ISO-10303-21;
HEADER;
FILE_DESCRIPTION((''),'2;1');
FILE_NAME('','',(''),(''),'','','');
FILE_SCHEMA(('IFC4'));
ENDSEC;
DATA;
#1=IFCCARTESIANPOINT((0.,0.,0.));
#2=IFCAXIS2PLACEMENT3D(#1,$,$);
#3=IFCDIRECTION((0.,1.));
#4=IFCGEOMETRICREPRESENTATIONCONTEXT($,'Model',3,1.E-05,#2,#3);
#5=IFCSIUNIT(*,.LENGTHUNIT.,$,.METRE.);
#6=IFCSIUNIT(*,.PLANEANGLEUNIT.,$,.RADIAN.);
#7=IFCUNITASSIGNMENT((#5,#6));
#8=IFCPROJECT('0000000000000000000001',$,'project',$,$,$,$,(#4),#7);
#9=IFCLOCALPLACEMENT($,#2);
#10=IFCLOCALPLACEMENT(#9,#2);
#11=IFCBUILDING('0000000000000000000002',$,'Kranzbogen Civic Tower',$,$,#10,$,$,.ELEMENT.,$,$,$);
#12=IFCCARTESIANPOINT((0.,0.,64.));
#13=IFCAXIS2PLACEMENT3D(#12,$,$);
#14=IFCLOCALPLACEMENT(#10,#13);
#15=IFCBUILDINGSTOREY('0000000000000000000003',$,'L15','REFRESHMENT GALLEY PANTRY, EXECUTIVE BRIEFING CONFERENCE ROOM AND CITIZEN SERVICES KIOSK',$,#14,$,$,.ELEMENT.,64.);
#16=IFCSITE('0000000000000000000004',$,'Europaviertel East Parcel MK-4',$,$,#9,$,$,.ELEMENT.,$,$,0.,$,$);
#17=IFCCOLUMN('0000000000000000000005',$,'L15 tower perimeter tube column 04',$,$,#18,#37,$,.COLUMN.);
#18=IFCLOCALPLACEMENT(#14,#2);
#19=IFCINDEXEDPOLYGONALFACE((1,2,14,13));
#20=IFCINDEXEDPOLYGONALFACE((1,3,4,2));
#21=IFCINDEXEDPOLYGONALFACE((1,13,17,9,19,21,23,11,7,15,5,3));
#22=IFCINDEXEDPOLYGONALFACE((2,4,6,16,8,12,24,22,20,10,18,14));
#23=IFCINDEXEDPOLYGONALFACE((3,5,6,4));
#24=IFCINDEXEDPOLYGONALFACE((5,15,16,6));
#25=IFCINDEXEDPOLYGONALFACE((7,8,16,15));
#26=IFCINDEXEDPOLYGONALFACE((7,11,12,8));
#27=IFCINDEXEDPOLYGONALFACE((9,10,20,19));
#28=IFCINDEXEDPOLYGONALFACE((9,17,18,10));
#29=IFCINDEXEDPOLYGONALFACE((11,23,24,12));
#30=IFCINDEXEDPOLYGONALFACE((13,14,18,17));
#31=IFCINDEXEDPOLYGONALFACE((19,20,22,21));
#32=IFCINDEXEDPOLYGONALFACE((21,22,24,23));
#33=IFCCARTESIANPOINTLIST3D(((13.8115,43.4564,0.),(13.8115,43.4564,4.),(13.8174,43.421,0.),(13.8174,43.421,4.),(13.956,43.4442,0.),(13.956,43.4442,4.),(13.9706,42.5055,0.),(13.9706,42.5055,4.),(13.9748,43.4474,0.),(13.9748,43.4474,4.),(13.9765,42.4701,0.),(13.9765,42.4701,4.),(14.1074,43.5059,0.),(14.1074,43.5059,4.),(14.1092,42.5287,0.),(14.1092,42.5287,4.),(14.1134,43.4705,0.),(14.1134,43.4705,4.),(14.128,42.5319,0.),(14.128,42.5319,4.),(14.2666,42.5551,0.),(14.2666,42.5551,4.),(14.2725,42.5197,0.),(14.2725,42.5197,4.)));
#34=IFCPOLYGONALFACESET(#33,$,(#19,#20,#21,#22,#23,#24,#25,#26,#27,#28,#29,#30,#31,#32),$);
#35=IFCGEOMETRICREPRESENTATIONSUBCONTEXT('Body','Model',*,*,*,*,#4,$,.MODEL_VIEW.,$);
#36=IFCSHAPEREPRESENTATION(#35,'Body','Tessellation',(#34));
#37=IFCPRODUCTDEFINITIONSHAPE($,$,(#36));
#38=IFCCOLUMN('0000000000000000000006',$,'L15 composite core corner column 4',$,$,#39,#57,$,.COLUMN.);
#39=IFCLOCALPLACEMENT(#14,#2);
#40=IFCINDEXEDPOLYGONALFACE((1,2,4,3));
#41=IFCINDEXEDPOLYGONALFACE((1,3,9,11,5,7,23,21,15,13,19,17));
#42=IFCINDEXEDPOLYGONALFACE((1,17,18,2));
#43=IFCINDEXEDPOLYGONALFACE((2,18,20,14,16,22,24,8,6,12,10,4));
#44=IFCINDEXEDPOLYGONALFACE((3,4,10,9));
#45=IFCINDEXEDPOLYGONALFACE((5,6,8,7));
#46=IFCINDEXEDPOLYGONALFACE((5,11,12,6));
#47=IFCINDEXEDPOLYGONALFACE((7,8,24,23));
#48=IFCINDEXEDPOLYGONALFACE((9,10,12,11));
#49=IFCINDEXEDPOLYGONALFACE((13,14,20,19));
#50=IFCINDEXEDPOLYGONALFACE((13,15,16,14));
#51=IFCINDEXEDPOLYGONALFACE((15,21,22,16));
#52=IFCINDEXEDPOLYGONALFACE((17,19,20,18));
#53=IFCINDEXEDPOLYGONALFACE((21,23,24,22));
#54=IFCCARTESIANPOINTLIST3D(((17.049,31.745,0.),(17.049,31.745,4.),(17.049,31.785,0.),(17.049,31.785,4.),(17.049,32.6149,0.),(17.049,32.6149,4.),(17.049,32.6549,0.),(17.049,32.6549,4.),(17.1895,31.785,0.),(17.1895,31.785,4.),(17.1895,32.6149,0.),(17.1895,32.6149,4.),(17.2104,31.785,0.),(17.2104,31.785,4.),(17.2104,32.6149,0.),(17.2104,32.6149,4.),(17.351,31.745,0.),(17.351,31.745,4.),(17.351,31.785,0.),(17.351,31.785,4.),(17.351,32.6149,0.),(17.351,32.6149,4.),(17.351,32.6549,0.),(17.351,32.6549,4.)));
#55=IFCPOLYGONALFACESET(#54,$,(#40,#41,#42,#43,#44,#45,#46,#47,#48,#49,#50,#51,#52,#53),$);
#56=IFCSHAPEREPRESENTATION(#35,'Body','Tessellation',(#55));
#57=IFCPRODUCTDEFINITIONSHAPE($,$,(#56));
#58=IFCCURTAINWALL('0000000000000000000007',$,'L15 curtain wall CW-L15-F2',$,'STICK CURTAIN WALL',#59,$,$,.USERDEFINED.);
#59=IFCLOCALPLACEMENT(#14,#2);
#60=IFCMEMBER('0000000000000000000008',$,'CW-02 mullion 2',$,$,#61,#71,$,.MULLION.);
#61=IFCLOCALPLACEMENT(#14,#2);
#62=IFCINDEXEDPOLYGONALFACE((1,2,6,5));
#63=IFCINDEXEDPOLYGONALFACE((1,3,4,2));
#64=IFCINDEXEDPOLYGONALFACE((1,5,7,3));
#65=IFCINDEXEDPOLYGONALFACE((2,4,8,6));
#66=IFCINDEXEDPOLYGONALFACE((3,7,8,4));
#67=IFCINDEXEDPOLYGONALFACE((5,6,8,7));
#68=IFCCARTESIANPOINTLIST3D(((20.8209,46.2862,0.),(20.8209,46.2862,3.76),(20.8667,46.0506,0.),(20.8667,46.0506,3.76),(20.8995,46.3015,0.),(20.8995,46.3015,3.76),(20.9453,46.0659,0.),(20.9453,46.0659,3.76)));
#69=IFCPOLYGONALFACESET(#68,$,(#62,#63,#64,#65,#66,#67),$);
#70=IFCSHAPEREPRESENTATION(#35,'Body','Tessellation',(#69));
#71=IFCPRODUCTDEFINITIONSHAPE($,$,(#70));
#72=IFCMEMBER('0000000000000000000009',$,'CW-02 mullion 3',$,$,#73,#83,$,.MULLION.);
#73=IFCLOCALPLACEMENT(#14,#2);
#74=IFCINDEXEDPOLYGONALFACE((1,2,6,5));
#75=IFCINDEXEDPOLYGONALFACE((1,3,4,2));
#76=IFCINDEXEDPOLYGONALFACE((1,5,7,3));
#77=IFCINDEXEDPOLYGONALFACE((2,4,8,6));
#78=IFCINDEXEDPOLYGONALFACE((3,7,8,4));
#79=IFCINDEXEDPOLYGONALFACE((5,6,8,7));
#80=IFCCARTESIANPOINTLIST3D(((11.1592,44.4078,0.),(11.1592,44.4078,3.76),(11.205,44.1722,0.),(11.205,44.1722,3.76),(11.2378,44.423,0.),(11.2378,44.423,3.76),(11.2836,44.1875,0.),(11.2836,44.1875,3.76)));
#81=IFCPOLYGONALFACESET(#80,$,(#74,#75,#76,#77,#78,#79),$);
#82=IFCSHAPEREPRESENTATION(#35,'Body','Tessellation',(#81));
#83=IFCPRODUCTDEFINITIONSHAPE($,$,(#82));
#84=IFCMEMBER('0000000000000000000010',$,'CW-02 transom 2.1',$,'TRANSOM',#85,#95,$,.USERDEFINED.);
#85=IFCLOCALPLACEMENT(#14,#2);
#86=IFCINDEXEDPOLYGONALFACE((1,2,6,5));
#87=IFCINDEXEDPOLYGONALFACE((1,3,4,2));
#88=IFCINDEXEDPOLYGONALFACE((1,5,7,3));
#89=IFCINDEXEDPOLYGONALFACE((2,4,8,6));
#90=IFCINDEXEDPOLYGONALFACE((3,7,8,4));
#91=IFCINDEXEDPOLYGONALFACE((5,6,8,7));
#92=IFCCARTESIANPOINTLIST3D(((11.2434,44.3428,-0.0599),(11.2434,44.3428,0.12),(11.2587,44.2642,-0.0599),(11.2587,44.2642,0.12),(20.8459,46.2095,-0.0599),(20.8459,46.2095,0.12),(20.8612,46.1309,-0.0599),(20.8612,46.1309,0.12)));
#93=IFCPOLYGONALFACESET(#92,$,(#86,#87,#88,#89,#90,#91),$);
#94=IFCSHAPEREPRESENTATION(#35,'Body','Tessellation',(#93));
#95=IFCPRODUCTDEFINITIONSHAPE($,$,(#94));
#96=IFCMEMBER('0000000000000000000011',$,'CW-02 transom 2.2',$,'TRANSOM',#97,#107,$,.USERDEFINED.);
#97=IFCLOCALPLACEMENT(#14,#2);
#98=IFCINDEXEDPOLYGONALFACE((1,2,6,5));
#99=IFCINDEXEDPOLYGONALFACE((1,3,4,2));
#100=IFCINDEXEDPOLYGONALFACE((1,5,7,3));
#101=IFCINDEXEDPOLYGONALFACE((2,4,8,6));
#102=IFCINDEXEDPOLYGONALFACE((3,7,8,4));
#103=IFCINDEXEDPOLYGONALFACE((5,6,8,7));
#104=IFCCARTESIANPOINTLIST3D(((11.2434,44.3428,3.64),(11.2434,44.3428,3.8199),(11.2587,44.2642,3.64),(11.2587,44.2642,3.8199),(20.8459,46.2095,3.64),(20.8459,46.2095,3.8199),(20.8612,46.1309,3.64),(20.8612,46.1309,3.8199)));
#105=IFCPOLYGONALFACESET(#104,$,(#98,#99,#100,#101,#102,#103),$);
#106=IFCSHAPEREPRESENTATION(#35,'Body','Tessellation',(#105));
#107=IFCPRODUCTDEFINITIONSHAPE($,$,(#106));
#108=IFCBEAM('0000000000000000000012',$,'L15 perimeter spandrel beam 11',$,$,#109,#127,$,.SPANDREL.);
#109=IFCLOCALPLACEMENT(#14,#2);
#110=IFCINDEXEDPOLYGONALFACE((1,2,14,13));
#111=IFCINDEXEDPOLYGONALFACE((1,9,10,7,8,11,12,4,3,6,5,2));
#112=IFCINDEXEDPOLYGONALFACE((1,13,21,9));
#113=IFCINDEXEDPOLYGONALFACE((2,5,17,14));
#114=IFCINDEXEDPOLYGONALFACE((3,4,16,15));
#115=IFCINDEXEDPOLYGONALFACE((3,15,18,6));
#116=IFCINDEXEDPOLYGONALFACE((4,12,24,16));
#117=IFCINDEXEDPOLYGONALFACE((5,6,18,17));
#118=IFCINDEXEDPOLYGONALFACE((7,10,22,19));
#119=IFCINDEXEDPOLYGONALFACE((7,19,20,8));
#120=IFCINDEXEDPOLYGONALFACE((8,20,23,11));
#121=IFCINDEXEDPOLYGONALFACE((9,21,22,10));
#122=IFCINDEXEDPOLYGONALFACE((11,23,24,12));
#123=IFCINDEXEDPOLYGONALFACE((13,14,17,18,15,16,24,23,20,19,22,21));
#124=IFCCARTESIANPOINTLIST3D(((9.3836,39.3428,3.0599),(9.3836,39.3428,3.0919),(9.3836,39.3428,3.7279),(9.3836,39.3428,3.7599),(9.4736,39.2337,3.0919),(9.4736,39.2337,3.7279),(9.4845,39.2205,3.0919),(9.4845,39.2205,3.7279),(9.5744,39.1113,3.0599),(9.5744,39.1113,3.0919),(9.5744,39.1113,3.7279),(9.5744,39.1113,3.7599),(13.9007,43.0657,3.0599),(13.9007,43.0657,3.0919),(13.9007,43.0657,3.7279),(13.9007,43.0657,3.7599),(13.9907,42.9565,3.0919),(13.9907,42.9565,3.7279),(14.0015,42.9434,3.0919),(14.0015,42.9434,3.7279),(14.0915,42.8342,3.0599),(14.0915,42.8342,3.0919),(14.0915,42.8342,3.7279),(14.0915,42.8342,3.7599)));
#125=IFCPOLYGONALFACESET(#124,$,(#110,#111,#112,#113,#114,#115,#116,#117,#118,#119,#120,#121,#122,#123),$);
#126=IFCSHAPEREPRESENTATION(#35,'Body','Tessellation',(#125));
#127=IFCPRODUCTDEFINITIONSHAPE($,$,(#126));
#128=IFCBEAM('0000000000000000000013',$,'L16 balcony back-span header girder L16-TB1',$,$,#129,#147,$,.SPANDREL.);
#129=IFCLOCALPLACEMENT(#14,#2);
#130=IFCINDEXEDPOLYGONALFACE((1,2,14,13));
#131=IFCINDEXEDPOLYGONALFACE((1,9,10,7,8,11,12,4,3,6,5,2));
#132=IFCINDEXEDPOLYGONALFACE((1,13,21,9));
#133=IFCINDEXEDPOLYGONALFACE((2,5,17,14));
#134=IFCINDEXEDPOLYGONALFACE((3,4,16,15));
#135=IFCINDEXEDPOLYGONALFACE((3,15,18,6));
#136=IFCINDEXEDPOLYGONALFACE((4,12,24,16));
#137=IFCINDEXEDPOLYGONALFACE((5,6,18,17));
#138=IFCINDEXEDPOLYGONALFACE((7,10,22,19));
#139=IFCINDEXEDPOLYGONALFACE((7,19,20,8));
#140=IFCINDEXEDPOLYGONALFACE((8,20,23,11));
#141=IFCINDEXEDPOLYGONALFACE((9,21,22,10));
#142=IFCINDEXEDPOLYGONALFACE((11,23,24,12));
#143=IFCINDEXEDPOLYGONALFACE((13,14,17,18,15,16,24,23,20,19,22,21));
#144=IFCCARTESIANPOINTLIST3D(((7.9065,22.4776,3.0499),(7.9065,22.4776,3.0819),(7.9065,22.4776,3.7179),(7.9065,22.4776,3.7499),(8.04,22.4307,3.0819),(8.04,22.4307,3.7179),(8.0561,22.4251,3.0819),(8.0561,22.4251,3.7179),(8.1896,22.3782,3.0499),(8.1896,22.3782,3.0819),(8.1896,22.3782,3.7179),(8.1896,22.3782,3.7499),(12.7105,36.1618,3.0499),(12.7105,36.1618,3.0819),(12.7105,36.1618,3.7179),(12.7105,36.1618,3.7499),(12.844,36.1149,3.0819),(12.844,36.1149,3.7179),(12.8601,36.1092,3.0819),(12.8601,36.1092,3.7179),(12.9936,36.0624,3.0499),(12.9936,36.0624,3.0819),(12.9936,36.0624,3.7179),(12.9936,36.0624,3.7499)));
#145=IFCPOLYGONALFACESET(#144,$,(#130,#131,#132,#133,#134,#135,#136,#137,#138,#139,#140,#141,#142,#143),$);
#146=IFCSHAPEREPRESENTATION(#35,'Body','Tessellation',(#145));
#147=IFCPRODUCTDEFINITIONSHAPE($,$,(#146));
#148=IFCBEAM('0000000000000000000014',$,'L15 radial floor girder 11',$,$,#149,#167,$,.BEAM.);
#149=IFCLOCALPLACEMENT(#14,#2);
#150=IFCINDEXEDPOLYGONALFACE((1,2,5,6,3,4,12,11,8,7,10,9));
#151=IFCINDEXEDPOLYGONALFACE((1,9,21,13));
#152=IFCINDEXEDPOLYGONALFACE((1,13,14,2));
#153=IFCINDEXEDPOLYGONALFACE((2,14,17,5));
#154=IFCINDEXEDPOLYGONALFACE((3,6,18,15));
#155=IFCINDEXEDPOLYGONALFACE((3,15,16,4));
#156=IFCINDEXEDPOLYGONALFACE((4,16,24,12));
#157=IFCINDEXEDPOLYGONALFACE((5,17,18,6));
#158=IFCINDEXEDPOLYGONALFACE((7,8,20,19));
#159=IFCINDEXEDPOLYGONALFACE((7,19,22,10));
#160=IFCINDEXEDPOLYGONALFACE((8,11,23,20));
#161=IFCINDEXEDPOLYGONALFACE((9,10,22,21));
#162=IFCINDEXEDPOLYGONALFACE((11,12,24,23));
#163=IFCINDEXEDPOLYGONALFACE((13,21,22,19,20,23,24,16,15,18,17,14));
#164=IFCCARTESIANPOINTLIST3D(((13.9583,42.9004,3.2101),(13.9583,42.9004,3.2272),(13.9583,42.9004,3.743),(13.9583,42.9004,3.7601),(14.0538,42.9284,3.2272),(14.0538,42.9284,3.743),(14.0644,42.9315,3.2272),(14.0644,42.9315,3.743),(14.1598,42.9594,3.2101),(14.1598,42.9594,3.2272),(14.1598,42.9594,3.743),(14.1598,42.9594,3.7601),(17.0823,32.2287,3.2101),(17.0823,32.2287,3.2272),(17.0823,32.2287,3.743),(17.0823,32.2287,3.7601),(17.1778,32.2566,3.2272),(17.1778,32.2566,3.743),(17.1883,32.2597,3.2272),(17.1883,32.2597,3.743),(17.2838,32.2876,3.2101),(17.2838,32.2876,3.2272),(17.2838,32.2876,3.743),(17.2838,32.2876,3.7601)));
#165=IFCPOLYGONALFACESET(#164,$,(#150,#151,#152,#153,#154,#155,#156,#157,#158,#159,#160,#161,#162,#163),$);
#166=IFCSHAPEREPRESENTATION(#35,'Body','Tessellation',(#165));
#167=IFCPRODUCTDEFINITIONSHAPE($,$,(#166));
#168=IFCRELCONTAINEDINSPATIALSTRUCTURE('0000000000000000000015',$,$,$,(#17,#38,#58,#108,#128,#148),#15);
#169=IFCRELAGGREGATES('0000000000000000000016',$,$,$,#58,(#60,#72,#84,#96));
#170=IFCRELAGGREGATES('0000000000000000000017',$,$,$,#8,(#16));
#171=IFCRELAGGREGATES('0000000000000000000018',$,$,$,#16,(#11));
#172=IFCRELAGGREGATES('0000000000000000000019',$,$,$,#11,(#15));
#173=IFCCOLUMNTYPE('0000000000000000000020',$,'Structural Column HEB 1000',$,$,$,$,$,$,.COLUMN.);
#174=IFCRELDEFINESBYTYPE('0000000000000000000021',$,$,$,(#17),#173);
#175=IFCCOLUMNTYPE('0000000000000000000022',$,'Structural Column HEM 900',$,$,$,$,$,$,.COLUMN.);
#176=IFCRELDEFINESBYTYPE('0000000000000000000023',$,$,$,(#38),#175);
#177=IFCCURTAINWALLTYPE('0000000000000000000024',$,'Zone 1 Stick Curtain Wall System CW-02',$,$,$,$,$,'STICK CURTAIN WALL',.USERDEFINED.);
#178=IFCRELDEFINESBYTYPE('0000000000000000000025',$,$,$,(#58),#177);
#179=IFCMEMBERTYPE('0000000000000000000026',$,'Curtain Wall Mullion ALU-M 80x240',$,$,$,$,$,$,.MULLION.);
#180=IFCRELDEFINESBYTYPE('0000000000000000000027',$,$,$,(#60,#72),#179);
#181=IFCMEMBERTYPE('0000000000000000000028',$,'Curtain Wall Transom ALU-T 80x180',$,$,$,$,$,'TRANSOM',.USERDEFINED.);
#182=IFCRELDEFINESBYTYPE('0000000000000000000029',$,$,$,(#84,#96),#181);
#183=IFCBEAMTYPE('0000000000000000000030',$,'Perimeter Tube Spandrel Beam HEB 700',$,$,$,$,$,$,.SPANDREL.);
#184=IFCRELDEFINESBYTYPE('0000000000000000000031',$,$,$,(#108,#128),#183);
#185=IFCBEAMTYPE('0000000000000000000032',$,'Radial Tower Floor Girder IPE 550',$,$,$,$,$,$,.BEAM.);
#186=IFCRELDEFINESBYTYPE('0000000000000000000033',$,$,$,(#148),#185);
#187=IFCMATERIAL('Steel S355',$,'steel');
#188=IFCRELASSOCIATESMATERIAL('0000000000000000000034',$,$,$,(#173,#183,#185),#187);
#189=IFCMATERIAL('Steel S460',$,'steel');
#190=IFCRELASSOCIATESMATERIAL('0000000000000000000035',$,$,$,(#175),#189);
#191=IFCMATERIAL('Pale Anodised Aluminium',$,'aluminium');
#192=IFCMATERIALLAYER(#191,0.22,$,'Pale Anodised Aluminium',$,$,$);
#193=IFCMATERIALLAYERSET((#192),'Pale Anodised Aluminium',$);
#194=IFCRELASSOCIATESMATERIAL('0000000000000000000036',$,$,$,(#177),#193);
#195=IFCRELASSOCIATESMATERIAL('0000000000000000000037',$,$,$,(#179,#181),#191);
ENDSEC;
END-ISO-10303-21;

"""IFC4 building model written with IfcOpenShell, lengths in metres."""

from ifc_helpers import new_model, si_unit, direction, frame, origin, origin_2d, place, context, subcontext, project, spatial, rectangle, i_section, extrude, material, layer, layer_set, material_profile, profile_set, type_object, element, aggregate, save


model = new_model("IFC4")

# Units and contexts
model_context = context("Model", 3, precision=1e-05, world=origin(), true_north=direction((0.0, 1.0)))
body_context = subcontext(model_context, "Body", "Model", "MODEL_VIEW")
ifc_project = project(units=[si_unit("LENGTHUNIT", "METRE"), si_unit("PLANEANGLEUNIT", "RADIAN")], contexts=[model_context])

# Site, building, storey
site_placement = place(None, origin())
site = spatial("IfcSite", under=ifc_project, at=site_placement, Name="Europaviertel East Parcel MK-4", CompositionType="ELEMENT", RefElevation=0.0)
building_placement = place(site_placement, origin())
building = spatial("IfcBuilding", under=site, at=building_placement, Name="Kranzbogen Civic Tower", CompositionType="ELEMENT")
storey_placement = place(building_placement, frame((0.0, 0.0, 64.0)))
storey = spatial("IfcBuildingStorey", under=building, at=storey_placement, Name="L15", Description="REFRESHMENT GALLEY PANTRY, EXECUTIVE BRIEFING CONFERENCE ROOM AND CITIZEN SERVICES KIOSK", CompositionType="ELEMENT", Elevation=64.0)

# Columns
ifc_material_1 = material(Name="Steel S355", Category="steel")
ifc_material_profile_1 = material_profile(ifc_material_1, i_section(OverallWidth=0.3, OverallDepth=1.0, WebThickness=0.019, FlangeThickness=0.0359, at=origin_2d()), Name="HEB 1000")
ifc_profile_set_1 = profile_set([ifc_material_profile_1], Name="Steel S355")
column_type_1 = type_object("IfcColumnType", Name="Structural Column HEB 1000", PredefinedType="COLUMN", material=ifc_profile_set_1)
column_1_placement = place(storey_placement, frame((14.042, 42.988, 0.0), z_axis=(0.0, 0.0, 1.0), x_axis=(0.986286, 0.165048, 0.0)))
element("IfcColumn", 1, at=column_1_placement, inside=storey, type_object=column_type_1, Name="L15 tower perimeter tube column 04", PredefinedType="COLUMN", context=body_context, shape_type="SweptSolid", body=[
    extrude(i_section(OverallWidth=0.3, OverallDepth=1.0, WebThickness=0.019, FlangeThickness=0.0359, at=origin_2d()), origin(), (0.0, 0.0, 1.0), 4.0),
])
ifc_material_2 = material(Name="Steel S460", Category="steel")
ifc_material_profile_2 = material_profile(ifc_material_2, i_section(OverallWidth=0.302, OverallDepth=0.9099, WebThickness=0.021, FlangeThickness=0.04, at=origin_2d()), Name="HEM 900")
ifc_profile_set_2 = profile_set([ifc_material_profile_2], Name="Steel S460")
column_type_2 = type_object("IfcColumnType", Name="Structural Column HEM 900", PredefinedType="COLUMN", material=ifc_profile_set_2)
column_2_placement = place(storey_placement, frame((17.2, 32.2, 0.0), z_axis=(0.0, 0.0, 1.0), x_axis=(1.0, 0.0, 0.0)))
element("IfcColumn", 2, at=column_2_placement, inside=storey, type_object=column_type_2, Name="L15 composite core corner column 4", PredefinedType="COLUMN", context=body_context, shape_type="SweptSolid", body=[
    extrude(i_section(OverallWidth=0.302, OverallDepth=0.9099, WebThickness=0.021, FlangeThickness=0.04, at=origin_2d()), origin(), (0.0, 0.0, 1.0), 4.0),
])

# Curtain wall, members
ifc_material_3 = material(Name="Pale Anodised Aluminium", Category="aluminium")
ifc_layer_1 = layer(ifc_material_3, 0.22, Name="Pale Anodised Aluminium")
ifc_layer_set_1 = layer_set([ifc_layer_1], Name="Pale Anodised Aluminium")
curtain_wall_type = type_object("IfcCurtainWallType", Name="Zone 1 Stick Curtain Wall System CW-02", ElementType="STICK CURTAIN WALL", PredefinedType="USERDEFINED", material=ifc_layer_set_1)
curtain_wall_placement = place(storey_placement, origin())
curtain_wall = element("IfcCurtainWall", 3, at=curtain_wall_placement, inside=storey, type_object=curtain_wall_type, Name="L15 curtain wall CW-L15-F2", ObjectType="STICK CURTAIN WALL", PredefinedType="USERDEFINED")
ifc_material_profile_3 = material_profile(ifc_material_3, rectangle(XDim=0.0801, YDim=0.24, at=origin_2d()), Name="ALU-M 80x240")
ifc_profile_set_3 = profile_set([ifc_material_profile_3], Name="Pale Anodised Aluminium")
member_type_1 = type_object("IfcMemberType", Name="Curtain Wall Mullion ALU-M 80x240", PredefinedType="MULLION", material=ifc_profile_set_3)
member_1_placement = place(storey_placement, frame((20.8831, 46.176, 0.0), z_axis=(0.0, 0.0, 1.0), x_axis=(-0.981622, -0.190834, 0.0)))
member_1 = element("IfcMember", 4, at=member_1_placement, type_object=member_type_1, Name="CW-02 mullion 2", PredefinedType="MULLION", context=body_context, shape_type="SweptSolid", body=[
    extrude(rectangle(XDim=0.0801, YDim=0.24, at=origin_2d()), origin(), (0.0, 0.0, 1.0), 3.76),
])
member_2_placement = place(storey_placement, frame((11.2214, 44.2976, 0.0), z_axis=(0.0, 0.0, 1.0), x_axis=(-0.981622, -0.190834, 0.0)))
member_2 = element("IfcMember", 5, at=member_2_placement, type_object=member_type_1, Name="CW-02 mullion 3", PredefinedType="MULLION", context=body_context, shape_type="SweptSolid", body=[
    extrude(rectangle(XDim=0.0801, YDim=0.24, at=origin_2d()), origin(), (0.0, 0.0, 1.0), 3.76),
])
ifc_material_profile_4 = material_profile(ifc_material_3, rectangle(XDim=0.0801, YDim=0.1799, at=origin_2d()), Name="ALU-T 80x180")
ifc_profile_set_4 = profile_set([ifc_material_profile_4], Name="Pale Anodised Aluminium")
member_type_2 = type_object("IfcMemberType", Name="Curtain Wall Transom ALU-T 80x180", ElementType="TRANSOM", PredefinedType="USERDEFINED", material=ifc_profile_set_4)
member_3_placement = place(storey_placement, frame((20.8535, 46.1702, 0.03), z_axis=(-0.981624, -0.190824, 0.0), x_axis=(0.190824, -0.981624, 0.0)))
member_3 = element("IfcMember", 6, at=member_3_placement, type_object=member_type_2, Name="CW-02 transom 2.1", ObjectType="TRANSOM", PredefinedType="USERDEFINED", context=body_context, shape_type="SweptSolid", body=[
    extrude(rectangle(XDim=0.0801, YDim=0.1799, at=origin_2d()), origin(), (0.0, 0.0, 1.0), 9.7822),
])
member_4_placement = place(storey_placement, frame((20.8535, 46.1702, 3.73), z_axis=(-0.981624, -0.190824, 0.0), x_axis=(0.190824, -0.981624, 0.0)))
member_4 = element("IfcMember", 7, at=member_4_placement, type_object=member_type_2, Name="CW-02 transom 2.2", ObjectType="TRANSOM", PredefinedType="USERDEFINED", context=body_context, shape_type="SweptSolid", body=[
    extrude(rectangle(XDim=0.0801, YDim=0.1799, at=origin_2d()), origin(), (0.0, 0.0, 1.0), 9.7822),
])

# Beams
ifc_material_profile_5 = material_profile(ifc_material_1, i_section(OverallWidth=0.3, OverallDepth=0.7, WebThickness=0.0171, FlangeThickness=0.032, at=origin_2d()), Name="HEB 700")
ifc_profile_set_5 = profile_set([ifc_material_profile_5], Name="Steel S355")
beam_type_1 = type_object("IfcBeamType", Name="Perimeter Tube Spandrel Beam HEB 700", PredefinedType="SPANDREL", material=ifc_profile_set_5)
beam_1_placement = place(storey_placement, frame((13.9961, 42.95, 3.4099), z_axis=(-0.771683, -0.636007, 0.0), x_axis=(0.636007, -0.771683, 0.0)))
element("IfcBeam", 8, at=beam_1_placement, inside=storey, type_object=beam_type_1, Name="L15 perimeter spandrel beam 11", PredefinedType="SPANDREL", context=body_context, shape_type="SweptSolid", body=[
    extrude(i_section(OverallWidth=0.3, OverallDepth=0.7, WebThickness=0.0171, FlangeThickness=0.032, at=origin_2d()), origin(), (0.0, 0.0, 1.0), 5.8535),
])
beam_2_placement = place(storey_placement, frame((12.8521, 36.1121, 3.3999), z_axis=(-0.331243, -0.943546, 0.0), x_axis=(0.943546, -0.331243, 0.0)))
element("IfcBeam", 9, at=beam_2_placement, inside=storey, type_object=beam_type_1, Name="L16 balcony back-span header girder L16-TB1", PredefinedType="SPANDREL", context=body_context, shape_type="SweptSolid", body=[
    extrude(i_section(OverallWidth=0.3, OverallDepth=0.7, WebThickness=0.0171, FlangeThickness=0.032, at=origin_2d()), origin(), (0.0, 0.0, 1.0), 14.5029),
])
ifc_material_profile_6 = material_profile(ifc_material_1, i_section(OverallWidth=0.21, OverallDepth=0.55, WebThickness=0.011, FlangeThickness=0.0171, at=origin_2d()), Name="IPE 550")
ifc_profile_set_6 = profile_set([ifc_material_profile_6], Name="Steel S355")
beam_type_2 = type_object("IfcBeamType", Name="Radial Tower Floor Girder IPE 550", PredefinedType="BEAM", material=ifc_profile_set_6)
beam_3_placement = place(storey_placement, frame((14.0591, 42.9299, 3.4851), z_axis=(0.280944, -0.959724, 0.0), x_axis=(0.959724, 0.280944, 0.0)))
element("IfcBeam", 10, at=beam_3_placement, inside=storey, type_object=beam_type_2, Name="L15 radial floor girder 11", PredefinedType="BEAM", context=body_context, shape_type="SweptSolid", body=[
    extrude(i_section(OverallWidth=0.21, OverallDepth=0.55, WebThickness=0.011, FlangeThickness=0.0171, at=origin_2d()), origin(), (0.0, 0.0, 1.0), 11.1196),
])

aggregate(curtain_wall, [member_1, member_2, member_3, member_4])

save(model, "model.ifc")
